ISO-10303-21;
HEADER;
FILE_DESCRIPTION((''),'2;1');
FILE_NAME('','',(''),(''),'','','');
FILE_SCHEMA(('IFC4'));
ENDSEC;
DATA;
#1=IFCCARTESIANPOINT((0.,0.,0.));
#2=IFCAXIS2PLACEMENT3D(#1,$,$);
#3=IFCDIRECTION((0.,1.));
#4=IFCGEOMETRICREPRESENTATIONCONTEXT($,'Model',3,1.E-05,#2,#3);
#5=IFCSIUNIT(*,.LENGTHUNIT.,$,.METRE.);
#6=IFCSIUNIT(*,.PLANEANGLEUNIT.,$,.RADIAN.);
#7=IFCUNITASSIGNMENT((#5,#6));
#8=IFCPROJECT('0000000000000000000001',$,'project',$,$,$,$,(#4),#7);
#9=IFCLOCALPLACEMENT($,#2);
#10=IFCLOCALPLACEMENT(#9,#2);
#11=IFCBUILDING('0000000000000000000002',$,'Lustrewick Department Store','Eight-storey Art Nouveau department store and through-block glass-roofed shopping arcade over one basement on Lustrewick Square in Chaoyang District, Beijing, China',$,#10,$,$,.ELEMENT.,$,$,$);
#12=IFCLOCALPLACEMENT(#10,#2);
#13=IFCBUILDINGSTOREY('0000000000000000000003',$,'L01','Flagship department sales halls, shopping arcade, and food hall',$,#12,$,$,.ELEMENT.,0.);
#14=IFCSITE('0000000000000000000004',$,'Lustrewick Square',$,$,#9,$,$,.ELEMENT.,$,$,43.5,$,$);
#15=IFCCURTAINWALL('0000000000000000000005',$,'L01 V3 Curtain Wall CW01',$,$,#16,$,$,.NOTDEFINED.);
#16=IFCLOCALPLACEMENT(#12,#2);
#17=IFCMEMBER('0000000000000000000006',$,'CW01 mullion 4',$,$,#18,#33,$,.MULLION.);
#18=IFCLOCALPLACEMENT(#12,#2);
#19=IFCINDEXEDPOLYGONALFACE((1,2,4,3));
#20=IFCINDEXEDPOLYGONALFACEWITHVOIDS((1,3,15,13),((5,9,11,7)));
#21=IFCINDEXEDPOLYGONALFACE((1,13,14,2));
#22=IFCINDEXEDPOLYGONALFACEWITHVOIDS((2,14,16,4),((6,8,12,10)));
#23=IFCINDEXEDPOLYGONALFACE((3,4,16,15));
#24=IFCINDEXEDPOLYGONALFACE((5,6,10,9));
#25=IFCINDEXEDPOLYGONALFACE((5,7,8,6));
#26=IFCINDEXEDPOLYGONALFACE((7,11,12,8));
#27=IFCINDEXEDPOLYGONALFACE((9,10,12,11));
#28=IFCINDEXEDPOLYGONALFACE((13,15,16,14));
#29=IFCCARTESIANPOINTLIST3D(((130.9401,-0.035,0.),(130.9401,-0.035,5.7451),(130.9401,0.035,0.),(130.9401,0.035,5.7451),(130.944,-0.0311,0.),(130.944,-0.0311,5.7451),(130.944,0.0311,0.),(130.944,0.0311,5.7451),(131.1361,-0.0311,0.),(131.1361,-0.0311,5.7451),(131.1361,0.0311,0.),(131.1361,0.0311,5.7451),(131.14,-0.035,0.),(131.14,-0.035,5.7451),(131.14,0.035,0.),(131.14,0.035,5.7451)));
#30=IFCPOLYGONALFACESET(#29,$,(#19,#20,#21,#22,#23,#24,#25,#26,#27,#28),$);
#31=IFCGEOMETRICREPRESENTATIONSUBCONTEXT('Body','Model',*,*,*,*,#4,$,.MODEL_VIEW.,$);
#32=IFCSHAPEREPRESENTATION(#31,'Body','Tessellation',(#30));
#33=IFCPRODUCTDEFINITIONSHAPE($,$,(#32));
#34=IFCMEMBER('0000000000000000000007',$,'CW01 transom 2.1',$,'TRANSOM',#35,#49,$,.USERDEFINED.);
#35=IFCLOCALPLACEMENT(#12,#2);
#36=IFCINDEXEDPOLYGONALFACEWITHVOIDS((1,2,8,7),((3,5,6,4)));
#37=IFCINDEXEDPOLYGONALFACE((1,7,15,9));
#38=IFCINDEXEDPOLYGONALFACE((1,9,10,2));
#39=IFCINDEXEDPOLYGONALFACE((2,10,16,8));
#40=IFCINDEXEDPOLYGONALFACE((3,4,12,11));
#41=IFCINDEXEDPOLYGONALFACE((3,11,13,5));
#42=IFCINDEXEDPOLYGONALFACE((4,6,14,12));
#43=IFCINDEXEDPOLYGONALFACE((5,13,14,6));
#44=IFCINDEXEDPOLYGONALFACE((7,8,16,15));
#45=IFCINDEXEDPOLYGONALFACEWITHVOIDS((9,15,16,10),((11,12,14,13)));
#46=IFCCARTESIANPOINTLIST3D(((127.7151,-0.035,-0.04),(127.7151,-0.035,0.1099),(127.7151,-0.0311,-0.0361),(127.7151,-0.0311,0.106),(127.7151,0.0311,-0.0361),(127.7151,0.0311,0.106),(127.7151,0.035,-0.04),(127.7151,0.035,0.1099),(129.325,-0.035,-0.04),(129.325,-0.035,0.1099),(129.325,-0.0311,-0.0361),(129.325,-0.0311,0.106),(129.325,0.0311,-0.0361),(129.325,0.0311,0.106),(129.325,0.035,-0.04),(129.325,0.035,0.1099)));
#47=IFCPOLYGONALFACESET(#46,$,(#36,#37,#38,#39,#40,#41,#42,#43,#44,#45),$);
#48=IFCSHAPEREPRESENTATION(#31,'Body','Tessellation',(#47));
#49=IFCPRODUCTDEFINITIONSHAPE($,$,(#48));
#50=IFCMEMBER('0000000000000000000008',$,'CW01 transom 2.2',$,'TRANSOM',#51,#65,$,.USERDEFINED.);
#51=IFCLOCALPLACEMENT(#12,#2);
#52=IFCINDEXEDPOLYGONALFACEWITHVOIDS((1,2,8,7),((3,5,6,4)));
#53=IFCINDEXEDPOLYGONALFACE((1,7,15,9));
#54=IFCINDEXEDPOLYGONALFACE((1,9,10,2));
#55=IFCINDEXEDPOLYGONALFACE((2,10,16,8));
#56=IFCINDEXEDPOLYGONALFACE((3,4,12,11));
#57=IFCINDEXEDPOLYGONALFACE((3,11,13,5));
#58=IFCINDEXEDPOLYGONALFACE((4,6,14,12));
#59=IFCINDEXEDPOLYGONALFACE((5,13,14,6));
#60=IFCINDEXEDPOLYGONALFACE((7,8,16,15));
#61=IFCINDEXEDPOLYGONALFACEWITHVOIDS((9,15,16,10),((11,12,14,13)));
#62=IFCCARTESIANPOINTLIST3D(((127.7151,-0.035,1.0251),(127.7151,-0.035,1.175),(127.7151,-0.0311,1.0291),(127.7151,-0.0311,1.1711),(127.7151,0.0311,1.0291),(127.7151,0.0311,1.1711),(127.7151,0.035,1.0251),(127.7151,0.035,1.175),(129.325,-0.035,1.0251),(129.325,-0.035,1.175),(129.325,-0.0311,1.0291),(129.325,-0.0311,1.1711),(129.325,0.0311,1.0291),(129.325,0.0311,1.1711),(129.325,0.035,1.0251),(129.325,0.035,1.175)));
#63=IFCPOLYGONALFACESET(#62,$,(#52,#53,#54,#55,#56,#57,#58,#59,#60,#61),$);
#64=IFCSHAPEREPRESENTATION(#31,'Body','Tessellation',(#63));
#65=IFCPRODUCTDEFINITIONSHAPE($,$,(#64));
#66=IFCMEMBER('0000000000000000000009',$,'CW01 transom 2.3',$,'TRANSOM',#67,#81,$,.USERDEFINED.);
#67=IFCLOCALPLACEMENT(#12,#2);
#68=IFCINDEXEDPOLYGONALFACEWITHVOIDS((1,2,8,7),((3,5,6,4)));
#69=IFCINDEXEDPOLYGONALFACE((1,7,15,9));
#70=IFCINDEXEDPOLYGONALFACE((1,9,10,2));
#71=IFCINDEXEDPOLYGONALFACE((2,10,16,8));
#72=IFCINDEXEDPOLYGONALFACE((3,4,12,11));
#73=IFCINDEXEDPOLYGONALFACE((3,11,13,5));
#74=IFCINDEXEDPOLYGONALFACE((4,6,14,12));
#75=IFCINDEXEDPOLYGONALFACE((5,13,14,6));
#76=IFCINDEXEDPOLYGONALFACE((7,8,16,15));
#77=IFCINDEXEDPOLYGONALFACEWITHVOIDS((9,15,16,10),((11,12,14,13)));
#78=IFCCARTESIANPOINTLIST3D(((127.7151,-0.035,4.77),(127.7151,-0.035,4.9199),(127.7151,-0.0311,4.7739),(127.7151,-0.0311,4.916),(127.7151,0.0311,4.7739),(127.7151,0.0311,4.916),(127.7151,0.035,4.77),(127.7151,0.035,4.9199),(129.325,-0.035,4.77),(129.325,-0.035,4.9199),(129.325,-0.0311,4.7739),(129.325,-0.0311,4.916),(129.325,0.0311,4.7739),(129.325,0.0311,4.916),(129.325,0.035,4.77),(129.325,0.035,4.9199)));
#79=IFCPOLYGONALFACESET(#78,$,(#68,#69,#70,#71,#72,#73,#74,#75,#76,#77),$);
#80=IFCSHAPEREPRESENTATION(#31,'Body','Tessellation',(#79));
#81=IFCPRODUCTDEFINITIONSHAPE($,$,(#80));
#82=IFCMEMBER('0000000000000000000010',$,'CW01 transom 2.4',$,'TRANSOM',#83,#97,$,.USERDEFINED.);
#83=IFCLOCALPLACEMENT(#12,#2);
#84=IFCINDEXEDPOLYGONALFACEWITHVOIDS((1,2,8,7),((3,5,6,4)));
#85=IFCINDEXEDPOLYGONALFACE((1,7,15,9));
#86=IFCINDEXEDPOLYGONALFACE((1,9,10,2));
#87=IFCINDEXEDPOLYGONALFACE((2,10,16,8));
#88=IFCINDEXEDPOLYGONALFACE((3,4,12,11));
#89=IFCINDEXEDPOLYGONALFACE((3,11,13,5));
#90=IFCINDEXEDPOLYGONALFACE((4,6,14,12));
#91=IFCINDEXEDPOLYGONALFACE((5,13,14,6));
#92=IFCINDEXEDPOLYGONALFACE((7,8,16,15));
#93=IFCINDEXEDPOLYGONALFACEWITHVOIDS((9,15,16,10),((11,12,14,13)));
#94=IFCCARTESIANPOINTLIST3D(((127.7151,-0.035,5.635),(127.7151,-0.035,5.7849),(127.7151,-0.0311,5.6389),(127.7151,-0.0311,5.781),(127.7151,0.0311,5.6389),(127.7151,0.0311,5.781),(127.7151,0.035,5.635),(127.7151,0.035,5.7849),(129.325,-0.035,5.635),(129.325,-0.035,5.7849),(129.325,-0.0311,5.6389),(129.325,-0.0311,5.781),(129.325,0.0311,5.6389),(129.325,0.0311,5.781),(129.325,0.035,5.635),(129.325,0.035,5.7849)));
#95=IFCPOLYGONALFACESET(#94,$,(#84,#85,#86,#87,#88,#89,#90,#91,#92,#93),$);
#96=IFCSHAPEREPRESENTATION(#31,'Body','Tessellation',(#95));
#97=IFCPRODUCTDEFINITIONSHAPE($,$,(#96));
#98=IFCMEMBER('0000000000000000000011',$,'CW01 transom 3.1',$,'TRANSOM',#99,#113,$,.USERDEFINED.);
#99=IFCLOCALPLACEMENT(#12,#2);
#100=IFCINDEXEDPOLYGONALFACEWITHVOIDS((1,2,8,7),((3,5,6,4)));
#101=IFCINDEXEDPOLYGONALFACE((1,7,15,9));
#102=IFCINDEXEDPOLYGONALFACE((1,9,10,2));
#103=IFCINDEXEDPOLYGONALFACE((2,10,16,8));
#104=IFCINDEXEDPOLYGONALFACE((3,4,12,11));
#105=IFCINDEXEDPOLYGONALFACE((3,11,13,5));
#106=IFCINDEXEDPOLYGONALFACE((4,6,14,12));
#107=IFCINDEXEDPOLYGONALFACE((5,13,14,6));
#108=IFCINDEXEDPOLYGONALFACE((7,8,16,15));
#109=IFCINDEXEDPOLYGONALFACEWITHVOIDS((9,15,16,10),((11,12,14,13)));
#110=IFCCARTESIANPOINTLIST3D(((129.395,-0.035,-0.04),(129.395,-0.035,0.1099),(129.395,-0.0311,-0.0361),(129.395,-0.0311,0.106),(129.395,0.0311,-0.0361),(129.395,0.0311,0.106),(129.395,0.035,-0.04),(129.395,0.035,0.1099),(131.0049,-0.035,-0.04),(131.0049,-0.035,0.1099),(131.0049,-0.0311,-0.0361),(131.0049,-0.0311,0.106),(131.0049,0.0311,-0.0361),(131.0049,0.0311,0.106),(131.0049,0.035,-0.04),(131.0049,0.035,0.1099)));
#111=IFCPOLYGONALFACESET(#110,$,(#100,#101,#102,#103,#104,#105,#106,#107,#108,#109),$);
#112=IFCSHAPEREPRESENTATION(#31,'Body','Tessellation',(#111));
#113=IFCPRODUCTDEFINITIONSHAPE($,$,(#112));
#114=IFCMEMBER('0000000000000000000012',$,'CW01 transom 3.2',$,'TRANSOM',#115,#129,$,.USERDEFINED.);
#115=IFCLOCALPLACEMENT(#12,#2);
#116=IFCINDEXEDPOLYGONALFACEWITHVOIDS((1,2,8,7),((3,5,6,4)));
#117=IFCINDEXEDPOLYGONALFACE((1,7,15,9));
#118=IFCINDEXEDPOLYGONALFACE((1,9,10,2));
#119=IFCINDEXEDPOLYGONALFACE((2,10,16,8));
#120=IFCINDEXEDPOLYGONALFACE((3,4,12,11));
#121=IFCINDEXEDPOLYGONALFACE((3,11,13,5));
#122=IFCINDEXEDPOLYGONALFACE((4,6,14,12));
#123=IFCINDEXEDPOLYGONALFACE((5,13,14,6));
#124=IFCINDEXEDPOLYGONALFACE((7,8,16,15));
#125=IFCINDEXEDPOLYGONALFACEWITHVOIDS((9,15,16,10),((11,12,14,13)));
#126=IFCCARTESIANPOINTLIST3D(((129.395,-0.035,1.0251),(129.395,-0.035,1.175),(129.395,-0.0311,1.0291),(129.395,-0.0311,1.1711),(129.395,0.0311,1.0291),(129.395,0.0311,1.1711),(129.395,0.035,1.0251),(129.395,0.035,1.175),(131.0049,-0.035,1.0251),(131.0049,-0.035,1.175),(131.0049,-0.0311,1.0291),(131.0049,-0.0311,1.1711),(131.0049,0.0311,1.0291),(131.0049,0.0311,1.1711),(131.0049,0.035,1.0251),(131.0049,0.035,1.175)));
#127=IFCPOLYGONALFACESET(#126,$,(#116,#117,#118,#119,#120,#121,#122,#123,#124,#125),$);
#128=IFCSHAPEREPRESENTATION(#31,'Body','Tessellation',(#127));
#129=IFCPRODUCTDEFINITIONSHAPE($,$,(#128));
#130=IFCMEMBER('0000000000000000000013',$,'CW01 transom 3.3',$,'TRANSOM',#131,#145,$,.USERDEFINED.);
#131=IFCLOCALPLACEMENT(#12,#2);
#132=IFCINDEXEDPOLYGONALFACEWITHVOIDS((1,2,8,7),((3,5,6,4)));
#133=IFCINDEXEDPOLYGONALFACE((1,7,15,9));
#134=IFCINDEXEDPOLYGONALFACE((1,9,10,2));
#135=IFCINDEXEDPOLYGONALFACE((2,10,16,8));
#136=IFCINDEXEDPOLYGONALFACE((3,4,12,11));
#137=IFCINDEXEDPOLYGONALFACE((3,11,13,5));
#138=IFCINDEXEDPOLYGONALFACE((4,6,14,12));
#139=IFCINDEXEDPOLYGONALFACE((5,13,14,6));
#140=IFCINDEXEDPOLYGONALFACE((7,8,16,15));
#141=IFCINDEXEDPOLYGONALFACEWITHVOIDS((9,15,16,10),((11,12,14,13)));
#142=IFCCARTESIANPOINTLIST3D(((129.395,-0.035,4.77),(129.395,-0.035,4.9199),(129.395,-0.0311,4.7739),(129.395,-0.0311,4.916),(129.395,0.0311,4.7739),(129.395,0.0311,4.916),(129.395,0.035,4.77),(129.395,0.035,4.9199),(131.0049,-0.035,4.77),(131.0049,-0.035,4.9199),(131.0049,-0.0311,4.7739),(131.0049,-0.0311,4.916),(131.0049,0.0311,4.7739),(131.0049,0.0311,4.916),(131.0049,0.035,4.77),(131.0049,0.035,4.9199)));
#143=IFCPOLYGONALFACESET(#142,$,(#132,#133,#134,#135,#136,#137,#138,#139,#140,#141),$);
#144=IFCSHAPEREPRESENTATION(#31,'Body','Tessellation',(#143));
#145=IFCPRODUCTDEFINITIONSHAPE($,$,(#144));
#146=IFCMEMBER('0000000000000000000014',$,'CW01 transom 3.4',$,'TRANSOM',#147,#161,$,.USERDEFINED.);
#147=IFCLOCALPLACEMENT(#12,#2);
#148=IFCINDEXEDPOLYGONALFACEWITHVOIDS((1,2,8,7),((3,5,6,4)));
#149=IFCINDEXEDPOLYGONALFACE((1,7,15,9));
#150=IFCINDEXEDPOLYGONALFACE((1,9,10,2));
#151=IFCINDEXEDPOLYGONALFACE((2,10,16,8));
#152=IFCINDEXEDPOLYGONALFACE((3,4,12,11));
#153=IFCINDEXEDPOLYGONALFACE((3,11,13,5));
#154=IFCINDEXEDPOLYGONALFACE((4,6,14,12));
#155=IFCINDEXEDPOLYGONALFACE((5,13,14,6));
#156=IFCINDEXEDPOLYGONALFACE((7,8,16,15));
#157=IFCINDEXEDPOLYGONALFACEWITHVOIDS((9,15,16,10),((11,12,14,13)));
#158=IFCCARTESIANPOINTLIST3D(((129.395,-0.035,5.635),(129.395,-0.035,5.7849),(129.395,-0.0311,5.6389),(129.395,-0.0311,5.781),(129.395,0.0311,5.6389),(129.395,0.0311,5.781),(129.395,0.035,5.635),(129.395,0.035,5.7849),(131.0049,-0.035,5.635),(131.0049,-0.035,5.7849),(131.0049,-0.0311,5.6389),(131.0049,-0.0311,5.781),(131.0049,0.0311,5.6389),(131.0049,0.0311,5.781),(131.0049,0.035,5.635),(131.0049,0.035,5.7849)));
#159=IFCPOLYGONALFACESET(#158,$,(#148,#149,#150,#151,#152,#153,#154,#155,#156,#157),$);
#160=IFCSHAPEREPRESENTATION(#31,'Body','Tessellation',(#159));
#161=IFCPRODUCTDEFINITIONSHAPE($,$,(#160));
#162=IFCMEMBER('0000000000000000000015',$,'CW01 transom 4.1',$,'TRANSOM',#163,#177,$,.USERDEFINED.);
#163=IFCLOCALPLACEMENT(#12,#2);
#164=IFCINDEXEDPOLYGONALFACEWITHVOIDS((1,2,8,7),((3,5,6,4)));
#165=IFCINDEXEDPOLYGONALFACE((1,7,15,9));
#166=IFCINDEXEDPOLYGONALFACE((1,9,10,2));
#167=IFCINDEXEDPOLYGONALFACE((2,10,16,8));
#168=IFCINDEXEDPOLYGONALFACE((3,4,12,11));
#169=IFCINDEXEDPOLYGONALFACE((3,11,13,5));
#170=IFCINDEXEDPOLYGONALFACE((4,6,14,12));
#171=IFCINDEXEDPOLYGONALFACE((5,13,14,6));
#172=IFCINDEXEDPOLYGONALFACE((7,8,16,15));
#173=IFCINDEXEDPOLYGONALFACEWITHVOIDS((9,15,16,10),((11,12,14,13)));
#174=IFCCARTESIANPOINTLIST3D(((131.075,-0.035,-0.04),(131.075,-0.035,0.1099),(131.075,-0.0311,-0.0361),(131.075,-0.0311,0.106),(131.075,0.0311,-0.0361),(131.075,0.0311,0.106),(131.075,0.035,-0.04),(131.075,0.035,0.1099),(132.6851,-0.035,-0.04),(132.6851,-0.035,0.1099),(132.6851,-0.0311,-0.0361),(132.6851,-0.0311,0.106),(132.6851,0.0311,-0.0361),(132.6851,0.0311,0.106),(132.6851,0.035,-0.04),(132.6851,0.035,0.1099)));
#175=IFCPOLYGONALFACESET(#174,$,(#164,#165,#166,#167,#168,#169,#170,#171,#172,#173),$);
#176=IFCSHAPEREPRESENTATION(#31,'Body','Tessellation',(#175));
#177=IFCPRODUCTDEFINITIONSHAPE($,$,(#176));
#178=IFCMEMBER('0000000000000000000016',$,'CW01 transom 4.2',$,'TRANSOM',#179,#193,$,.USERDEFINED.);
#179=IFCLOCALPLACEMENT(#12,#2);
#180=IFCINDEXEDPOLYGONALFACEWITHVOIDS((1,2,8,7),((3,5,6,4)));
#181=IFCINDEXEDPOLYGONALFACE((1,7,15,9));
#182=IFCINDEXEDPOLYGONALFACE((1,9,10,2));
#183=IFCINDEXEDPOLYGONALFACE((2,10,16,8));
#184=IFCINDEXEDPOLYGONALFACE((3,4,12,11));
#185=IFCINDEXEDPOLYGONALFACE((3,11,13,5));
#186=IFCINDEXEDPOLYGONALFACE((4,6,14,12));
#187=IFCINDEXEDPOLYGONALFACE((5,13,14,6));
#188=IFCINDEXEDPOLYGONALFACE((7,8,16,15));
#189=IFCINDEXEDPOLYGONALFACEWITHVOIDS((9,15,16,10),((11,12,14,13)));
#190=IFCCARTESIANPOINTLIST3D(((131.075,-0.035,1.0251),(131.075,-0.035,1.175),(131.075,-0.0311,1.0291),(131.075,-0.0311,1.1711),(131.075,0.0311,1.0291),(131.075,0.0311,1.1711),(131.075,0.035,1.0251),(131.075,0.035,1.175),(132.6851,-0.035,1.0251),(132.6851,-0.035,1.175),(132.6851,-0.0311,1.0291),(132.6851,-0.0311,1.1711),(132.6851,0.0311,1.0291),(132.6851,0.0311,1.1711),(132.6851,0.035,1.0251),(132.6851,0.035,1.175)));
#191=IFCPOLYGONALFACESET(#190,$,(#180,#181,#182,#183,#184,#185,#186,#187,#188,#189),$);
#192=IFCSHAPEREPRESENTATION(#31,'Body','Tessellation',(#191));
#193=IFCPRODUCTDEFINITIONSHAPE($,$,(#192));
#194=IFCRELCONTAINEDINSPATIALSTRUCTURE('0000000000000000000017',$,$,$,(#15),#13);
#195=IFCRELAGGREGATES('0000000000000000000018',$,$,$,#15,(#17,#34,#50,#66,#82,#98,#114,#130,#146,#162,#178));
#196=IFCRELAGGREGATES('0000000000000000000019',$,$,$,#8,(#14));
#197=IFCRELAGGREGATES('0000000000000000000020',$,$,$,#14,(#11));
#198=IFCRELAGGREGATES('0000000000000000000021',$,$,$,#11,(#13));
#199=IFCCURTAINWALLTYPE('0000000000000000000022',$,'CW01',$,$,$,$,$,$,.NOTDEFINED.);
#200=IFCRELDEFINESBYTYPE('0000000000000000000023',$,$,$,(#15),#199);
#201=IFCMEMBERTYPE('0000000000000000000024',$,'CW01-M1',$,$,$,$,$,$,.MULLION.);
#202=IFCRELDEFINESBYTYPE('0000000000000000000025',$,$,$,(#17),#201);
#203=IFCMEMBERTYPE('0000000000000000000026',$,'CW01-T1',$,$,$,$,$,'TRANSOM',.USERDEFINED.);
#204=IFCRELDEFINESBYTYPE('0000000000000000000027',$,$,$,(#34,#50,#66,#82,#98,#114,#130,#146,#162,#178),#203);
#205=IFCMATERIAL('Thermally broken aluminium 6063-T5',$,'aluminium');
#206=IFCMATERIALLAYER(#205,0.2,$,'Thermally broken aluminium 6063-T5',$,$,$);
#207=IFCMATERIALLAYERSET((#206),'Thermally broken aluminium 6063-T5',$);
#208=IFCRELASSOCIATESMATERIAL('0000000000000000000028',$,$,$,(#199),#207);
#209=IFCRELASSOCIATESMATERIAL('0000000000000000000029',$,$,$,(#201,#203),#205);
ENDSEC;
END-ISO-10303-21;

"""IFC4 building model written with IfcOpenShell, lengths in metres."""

from ifc_helpers import new_model, si_unit, direction, frame, origin, origin_2d, place, context, subcontext, project, spatial, hollow_rectangle, extrude, material, layer, layer_set, material_profile, profile_set, type_object, element, aggregate, save


model = new_model("IFC4")

# Units and contexts
model_context = context("Model", 3, precision=1e-05, world=origin(), true_north=direction((0.0, 1.0)))
body_context = subcontext(model_context, "Body", "Model", "MODEL_VIEW")
ifc_project = project(units=[si_unit("LENGTHUNIT", "METRE"), si_unit("PLANEANGLEUNIT", "RADIAN")], contexts=[model_context])

# Site, building, storey
site_placement = place(None, origin())
site = spatial("IfcSite", under=ifc_project, at=site_placement, Name="Lustrewick Square", CompositionType="ELEMENT", RefElevation=43.5)
building_placement = place(site_placement, origin())
building = spatial("IfcBuilding", under=site, at=building_placement, Name="Lustrewick Department Store", Description="Eight-storey Art Nouveau department store and through-block glass-roofed shopping arcade over one basement on Lustrewick Square in Chaoyang District, Beijing, China", CompositionType="ELEMENT")
storey_placement = place(building_placement, origin())
storey = spatial("IfcBuildingStorey", under=building, at=storey_placement, Name="L01", Description="Flagship department sales halls, shopping arcade, and food hall", CompositionType="ELEMENT", Elevation=0.0)

# Curtain wall, members
ifc_material_1 = material(Name="Thermally broken aluminium 6063-T5", Category="aluminium")
ifc_layer_1 = layer(ifc_material_1, 0.2, Name="Thermally broken aluminium 6063-T5")
ifc_layer_set_1 = layer_set([ifc_layer_1], Name="Thermally broken aluminium 6063-T5")
curtain_wall_type = type_object("IfcCurtainWallType", Name="CW01", PredefinedType="NOTDEFINED", material=ifc_layer_set_1)
curtain_wall_placement = place(storey_placement, origin())
curtain_wall = element("IfcCurtainWall", 1, at=curtain_wall_placement, inside=storey, type_object=curtain_wall_type, Name="L01 V3 Curtain Wall CW01", PredefinedType="NOTDEFINED")
ifc_material_profile_1 = material_profile(ifc_material_1, hollow_rectangle(XDim=0.0701, YDim=0.2, WallThickness=0.0039, at=origin_2d()), Name="ALU-M 70x200x4")
ifc_profile_set_1 = profile_set([ifc_material_profile_1], Name="Thermally broken aluminium 6063-T5")
member_type_1 = type_object("IfcMemberType", Name="CW01-M1", PredefinedType="MULLION", material=ifc_profile_set_1)
member_1_placement = place(storey_placement, frame((131.04, 0.0, 0.0), z_axis=(0.0, 0.0, 1.0), x_axis=(0.0, 1.0, 0.0)))
member_1 = element("IfcMember", 2, at=member_1_placement, type_object=member_type_1, Name="CW01 mullion 4", PredefinedType="MULLION", context=body_context, shape_type="SweptSolid", body=[
    extrude(hollow_rectangle(XDim=0.0701, YDim=0.2, WallThickness=0.0039, at=origin_2d()), origin(), (0.0, 0.0, 1.0), 5.7451),
])
ifc_material_profile_2 = material_profile(ifc_material_1, hollow_rectangle(XDim=0.0701, YDim=0.1499, WallThickness=0.0039, at=origin_2d()), Name="ALU-T 70x150x4")
ifc_profile_set_2 = profile_set([ifc_material_profile_2], Name="Thermally broken aluminium 6063-T5")
member_type_2 = type_object("IfcMemberType", Name="CW01-T1", ElementType="TRANSOM", PredefinedType="USERDEFINED", material=ifc_profile_set_2)
member_2_placement = place(storey_placement, frame((127.7151, 0.0, 0.0349), z_axis=(1.0, 0.0, 0.0), x_axis=(0.0, 1.0, 0.0)))
member_2 = element("IfcMember", 3, at=member_2_placement, type_object=member_type_2, Name="CW01 transom 2.1", ObjectType="TRANSOM", PredefinedType="USERDEFINED", context=body_context, shape_type="SweptSolid", body=[
    extrude(hollow_rectangle(XDim=0.0701, YDim=0.1499, WallThickness=0.0039, at=origin_2d()), origin(), (0.0, 0.0, 1.0), 1.6099),
])
member_3_placement = place(storey_placement, frame((127.7151, 0.0, 1.1001), z_axis=(1.0, 0.0, 0.0), x_axis=(0.0, 1.0, 0.0)))
member_3 = element("IfcMember", 4, at=member_3_placement, type_object=member_type_2, Name="CW01 transom 2.2", ObjectType="TRANSOM", PredefinedType="USERDEFINED", context=body_context, shape_type="SweptSolid", body=[
    extrude(hollow_rectangle(XDim=0.0701, YDim=0.1499, WallThickness=0.0039, at=origin_2d()), origin(), (0.0, 0.0, 1.0), 1.6099),
])
member_4_placement = place(storey_placement, frame((127.7151, 0.0, 4.845), z_axis=(1.0, 0.0, 0.0), x_axis=(0.0, 1.0, 0.0)))
member_4 = element("IfcMember", 5, at=member_4_placement, type_object=member_type_2, Name="CW01 transom 2.3", ObjectType="TRANSOM", PredefinedType="USERDEFINED", context=body_context, shape_type="SweptSolid", body=[
    extrude(hollow_rectangle(XDim=0.0701, YDim=0.1499, WallThickness=0.0039, at=origin_2d()), origin(), (0.0, 0.0, 1.0), 1.6099),
])
member_5_placement = place(storey_placement, frame((127.7151, 0.0, 5.71), z_axis=(1.0, 0.0, 0.0), x_axis=(0.0, 1.0, 0.0)))
member_5 = element("IfcMember", 6, at=member_5_placement, type_object=member_type_2, Name="CW01 transom 2.4", ObjectType="TRANSOM", PredefinedType="USERDEFINED", context=body_context, shape_type="SweptSolid", body=[
    extrude(hollow_rectangle(XDim=0.0701, YDim=0.1499, WallThickness=0.0039, at=origin_2d()), origin(), (0.0, 0.0, 1.0), 1.6099),
])
member_6_placement = place(storey_placement, frame((129.395, 0.0, 0.0349), z_axis=(1.0, 0.0, 0.0), x_axis=(0.0, 1.0, 0.0)))
member_6 = element("IfcMember", 7, at=member_6_placement, type_object=member_type_2, Name="CW01 transom 3.1", ObjectType="TRANSOM", PredefinedType="USERDEFINED", context=body_context, shape_type="SweptSolid", body=[
    extrude(hollow_rectangle(XDim=0.0701, YDim=0.1499, WallThickness=0.0039, at=origin_2d()), origin(), (0.0, 0.0, 1.0), 1.6099),
])
member_7_placement = place(storey_placement, frame((129.395, 0.0, 1.1001), z_axis=(1.0, 0.0, 0.0), x_axis=(0.0, 1.0, 0.0)))
member_7 = element("IfcMember", 8, at=member_7_placement, type_object=member_type_2, Name="CW01 transom 3.2", ObjectType="TRANSOM", PredefinedType="USERDEFINED", context=body_context, shape_type="SweptSolid", body=[
    extrude(hollow_rectangle(XDim=0.0701, YDim=0.1499, WallThickness=0.0039, at=origin_2d()), origin(), (0.0, 0.0, 1.0), 1.6099),
])
member_8_placement = place(storey_placement, frame((129.395, 0.0, 4.845), z_axis=(1.0, 0.0, 0.0), x_axis=(0.0, 1.0, 0.0)))
member_8 = element("IfcMember", 9, at=member_8_placement, type_object=member_type_2, Name="CW01 transom 3.3", ObjectType="TRANSOM", PredefinedType="USERDEFINED", context=body_context, shape_type="SweptSolid", body=[
    extrude(hollow_rectangle(XDim=0.0701, YDim=0.1499, WallThickness=0.0039, at=origin_2d()), origin(), (0.0, 0.0, 1.0), 1.6099),
])
member_9_placement = place(storey_placement, frame((129.395, 0.0, 5.71), z_axis=(1.0, 0.0, 0.0), x_axis=(0.0, 1.0, 0.0)))
member_9 = element("IfcMember", 10, at=member_9_placement, type_object=member_type_2, Name="CW01 transom 3.4", ObjectType="TRANSOM", PredefinedType="USERDEFINED", context=body_context, shape_type="SweptSolid", body=[
    extrude(hollow_rectangle(XDim=0.0701, YDim=0.1499, WallThickness=0.0039, at=origin_2d()), origin(), (0.0, 0.0, 1.0), 1.6099),
])
member_10_placement = place(storey_placement, frame((131.075, 0.0, 0.0349), z_axis=(1.0, 0.0, 0.0), x_axis=(0.0, 1.0, 0.0)))
member_10 = element("IfcMember", 11, at=member_10_placement, type_object=member_type_2, Name="CW01 transom 4.1", ObjectType="TRANSOM", PredefinedType="USERDEFINED", context=body_context, shape_type="SweptSolid", body=[
    extrude(hollow_rectangle(XDim=0.0701, YDim=0.1499, WallThickness=0.0039, at=origin_2d()), origin(), (0.0, 0.0, 1.0), 1.6101),
])
member_11_placement = place(storey_placement, frame((131.075, 0.0, 1.1001), z_axis=(1.0, 0.0, 0.0), x_axis=(0.0, 1.0, 0.0)))
member_11 = element("IfcMember", 12, at=member_11_placement, type_object=member_type_2, Name="CW01 transom 4.2", ObjectType="TRANSOM", PredefinedType="USERDEFINED", context=body_context, shape_type="SweptSolid", body=[
    extrude(hollow_rectangle(XDim=0.0701, YDim=0.1499, WallThickness=0.0039, at=origin_2d()), origin(), (0.0, 0.0, 1.0), 1.6101),
])
aggregate(curtain_wall, [member_1, member_2, member_3, member_4, member_5, member_6, member_7, member_8, member_9, member_10, member_11])

save(model, "model.ifc")
